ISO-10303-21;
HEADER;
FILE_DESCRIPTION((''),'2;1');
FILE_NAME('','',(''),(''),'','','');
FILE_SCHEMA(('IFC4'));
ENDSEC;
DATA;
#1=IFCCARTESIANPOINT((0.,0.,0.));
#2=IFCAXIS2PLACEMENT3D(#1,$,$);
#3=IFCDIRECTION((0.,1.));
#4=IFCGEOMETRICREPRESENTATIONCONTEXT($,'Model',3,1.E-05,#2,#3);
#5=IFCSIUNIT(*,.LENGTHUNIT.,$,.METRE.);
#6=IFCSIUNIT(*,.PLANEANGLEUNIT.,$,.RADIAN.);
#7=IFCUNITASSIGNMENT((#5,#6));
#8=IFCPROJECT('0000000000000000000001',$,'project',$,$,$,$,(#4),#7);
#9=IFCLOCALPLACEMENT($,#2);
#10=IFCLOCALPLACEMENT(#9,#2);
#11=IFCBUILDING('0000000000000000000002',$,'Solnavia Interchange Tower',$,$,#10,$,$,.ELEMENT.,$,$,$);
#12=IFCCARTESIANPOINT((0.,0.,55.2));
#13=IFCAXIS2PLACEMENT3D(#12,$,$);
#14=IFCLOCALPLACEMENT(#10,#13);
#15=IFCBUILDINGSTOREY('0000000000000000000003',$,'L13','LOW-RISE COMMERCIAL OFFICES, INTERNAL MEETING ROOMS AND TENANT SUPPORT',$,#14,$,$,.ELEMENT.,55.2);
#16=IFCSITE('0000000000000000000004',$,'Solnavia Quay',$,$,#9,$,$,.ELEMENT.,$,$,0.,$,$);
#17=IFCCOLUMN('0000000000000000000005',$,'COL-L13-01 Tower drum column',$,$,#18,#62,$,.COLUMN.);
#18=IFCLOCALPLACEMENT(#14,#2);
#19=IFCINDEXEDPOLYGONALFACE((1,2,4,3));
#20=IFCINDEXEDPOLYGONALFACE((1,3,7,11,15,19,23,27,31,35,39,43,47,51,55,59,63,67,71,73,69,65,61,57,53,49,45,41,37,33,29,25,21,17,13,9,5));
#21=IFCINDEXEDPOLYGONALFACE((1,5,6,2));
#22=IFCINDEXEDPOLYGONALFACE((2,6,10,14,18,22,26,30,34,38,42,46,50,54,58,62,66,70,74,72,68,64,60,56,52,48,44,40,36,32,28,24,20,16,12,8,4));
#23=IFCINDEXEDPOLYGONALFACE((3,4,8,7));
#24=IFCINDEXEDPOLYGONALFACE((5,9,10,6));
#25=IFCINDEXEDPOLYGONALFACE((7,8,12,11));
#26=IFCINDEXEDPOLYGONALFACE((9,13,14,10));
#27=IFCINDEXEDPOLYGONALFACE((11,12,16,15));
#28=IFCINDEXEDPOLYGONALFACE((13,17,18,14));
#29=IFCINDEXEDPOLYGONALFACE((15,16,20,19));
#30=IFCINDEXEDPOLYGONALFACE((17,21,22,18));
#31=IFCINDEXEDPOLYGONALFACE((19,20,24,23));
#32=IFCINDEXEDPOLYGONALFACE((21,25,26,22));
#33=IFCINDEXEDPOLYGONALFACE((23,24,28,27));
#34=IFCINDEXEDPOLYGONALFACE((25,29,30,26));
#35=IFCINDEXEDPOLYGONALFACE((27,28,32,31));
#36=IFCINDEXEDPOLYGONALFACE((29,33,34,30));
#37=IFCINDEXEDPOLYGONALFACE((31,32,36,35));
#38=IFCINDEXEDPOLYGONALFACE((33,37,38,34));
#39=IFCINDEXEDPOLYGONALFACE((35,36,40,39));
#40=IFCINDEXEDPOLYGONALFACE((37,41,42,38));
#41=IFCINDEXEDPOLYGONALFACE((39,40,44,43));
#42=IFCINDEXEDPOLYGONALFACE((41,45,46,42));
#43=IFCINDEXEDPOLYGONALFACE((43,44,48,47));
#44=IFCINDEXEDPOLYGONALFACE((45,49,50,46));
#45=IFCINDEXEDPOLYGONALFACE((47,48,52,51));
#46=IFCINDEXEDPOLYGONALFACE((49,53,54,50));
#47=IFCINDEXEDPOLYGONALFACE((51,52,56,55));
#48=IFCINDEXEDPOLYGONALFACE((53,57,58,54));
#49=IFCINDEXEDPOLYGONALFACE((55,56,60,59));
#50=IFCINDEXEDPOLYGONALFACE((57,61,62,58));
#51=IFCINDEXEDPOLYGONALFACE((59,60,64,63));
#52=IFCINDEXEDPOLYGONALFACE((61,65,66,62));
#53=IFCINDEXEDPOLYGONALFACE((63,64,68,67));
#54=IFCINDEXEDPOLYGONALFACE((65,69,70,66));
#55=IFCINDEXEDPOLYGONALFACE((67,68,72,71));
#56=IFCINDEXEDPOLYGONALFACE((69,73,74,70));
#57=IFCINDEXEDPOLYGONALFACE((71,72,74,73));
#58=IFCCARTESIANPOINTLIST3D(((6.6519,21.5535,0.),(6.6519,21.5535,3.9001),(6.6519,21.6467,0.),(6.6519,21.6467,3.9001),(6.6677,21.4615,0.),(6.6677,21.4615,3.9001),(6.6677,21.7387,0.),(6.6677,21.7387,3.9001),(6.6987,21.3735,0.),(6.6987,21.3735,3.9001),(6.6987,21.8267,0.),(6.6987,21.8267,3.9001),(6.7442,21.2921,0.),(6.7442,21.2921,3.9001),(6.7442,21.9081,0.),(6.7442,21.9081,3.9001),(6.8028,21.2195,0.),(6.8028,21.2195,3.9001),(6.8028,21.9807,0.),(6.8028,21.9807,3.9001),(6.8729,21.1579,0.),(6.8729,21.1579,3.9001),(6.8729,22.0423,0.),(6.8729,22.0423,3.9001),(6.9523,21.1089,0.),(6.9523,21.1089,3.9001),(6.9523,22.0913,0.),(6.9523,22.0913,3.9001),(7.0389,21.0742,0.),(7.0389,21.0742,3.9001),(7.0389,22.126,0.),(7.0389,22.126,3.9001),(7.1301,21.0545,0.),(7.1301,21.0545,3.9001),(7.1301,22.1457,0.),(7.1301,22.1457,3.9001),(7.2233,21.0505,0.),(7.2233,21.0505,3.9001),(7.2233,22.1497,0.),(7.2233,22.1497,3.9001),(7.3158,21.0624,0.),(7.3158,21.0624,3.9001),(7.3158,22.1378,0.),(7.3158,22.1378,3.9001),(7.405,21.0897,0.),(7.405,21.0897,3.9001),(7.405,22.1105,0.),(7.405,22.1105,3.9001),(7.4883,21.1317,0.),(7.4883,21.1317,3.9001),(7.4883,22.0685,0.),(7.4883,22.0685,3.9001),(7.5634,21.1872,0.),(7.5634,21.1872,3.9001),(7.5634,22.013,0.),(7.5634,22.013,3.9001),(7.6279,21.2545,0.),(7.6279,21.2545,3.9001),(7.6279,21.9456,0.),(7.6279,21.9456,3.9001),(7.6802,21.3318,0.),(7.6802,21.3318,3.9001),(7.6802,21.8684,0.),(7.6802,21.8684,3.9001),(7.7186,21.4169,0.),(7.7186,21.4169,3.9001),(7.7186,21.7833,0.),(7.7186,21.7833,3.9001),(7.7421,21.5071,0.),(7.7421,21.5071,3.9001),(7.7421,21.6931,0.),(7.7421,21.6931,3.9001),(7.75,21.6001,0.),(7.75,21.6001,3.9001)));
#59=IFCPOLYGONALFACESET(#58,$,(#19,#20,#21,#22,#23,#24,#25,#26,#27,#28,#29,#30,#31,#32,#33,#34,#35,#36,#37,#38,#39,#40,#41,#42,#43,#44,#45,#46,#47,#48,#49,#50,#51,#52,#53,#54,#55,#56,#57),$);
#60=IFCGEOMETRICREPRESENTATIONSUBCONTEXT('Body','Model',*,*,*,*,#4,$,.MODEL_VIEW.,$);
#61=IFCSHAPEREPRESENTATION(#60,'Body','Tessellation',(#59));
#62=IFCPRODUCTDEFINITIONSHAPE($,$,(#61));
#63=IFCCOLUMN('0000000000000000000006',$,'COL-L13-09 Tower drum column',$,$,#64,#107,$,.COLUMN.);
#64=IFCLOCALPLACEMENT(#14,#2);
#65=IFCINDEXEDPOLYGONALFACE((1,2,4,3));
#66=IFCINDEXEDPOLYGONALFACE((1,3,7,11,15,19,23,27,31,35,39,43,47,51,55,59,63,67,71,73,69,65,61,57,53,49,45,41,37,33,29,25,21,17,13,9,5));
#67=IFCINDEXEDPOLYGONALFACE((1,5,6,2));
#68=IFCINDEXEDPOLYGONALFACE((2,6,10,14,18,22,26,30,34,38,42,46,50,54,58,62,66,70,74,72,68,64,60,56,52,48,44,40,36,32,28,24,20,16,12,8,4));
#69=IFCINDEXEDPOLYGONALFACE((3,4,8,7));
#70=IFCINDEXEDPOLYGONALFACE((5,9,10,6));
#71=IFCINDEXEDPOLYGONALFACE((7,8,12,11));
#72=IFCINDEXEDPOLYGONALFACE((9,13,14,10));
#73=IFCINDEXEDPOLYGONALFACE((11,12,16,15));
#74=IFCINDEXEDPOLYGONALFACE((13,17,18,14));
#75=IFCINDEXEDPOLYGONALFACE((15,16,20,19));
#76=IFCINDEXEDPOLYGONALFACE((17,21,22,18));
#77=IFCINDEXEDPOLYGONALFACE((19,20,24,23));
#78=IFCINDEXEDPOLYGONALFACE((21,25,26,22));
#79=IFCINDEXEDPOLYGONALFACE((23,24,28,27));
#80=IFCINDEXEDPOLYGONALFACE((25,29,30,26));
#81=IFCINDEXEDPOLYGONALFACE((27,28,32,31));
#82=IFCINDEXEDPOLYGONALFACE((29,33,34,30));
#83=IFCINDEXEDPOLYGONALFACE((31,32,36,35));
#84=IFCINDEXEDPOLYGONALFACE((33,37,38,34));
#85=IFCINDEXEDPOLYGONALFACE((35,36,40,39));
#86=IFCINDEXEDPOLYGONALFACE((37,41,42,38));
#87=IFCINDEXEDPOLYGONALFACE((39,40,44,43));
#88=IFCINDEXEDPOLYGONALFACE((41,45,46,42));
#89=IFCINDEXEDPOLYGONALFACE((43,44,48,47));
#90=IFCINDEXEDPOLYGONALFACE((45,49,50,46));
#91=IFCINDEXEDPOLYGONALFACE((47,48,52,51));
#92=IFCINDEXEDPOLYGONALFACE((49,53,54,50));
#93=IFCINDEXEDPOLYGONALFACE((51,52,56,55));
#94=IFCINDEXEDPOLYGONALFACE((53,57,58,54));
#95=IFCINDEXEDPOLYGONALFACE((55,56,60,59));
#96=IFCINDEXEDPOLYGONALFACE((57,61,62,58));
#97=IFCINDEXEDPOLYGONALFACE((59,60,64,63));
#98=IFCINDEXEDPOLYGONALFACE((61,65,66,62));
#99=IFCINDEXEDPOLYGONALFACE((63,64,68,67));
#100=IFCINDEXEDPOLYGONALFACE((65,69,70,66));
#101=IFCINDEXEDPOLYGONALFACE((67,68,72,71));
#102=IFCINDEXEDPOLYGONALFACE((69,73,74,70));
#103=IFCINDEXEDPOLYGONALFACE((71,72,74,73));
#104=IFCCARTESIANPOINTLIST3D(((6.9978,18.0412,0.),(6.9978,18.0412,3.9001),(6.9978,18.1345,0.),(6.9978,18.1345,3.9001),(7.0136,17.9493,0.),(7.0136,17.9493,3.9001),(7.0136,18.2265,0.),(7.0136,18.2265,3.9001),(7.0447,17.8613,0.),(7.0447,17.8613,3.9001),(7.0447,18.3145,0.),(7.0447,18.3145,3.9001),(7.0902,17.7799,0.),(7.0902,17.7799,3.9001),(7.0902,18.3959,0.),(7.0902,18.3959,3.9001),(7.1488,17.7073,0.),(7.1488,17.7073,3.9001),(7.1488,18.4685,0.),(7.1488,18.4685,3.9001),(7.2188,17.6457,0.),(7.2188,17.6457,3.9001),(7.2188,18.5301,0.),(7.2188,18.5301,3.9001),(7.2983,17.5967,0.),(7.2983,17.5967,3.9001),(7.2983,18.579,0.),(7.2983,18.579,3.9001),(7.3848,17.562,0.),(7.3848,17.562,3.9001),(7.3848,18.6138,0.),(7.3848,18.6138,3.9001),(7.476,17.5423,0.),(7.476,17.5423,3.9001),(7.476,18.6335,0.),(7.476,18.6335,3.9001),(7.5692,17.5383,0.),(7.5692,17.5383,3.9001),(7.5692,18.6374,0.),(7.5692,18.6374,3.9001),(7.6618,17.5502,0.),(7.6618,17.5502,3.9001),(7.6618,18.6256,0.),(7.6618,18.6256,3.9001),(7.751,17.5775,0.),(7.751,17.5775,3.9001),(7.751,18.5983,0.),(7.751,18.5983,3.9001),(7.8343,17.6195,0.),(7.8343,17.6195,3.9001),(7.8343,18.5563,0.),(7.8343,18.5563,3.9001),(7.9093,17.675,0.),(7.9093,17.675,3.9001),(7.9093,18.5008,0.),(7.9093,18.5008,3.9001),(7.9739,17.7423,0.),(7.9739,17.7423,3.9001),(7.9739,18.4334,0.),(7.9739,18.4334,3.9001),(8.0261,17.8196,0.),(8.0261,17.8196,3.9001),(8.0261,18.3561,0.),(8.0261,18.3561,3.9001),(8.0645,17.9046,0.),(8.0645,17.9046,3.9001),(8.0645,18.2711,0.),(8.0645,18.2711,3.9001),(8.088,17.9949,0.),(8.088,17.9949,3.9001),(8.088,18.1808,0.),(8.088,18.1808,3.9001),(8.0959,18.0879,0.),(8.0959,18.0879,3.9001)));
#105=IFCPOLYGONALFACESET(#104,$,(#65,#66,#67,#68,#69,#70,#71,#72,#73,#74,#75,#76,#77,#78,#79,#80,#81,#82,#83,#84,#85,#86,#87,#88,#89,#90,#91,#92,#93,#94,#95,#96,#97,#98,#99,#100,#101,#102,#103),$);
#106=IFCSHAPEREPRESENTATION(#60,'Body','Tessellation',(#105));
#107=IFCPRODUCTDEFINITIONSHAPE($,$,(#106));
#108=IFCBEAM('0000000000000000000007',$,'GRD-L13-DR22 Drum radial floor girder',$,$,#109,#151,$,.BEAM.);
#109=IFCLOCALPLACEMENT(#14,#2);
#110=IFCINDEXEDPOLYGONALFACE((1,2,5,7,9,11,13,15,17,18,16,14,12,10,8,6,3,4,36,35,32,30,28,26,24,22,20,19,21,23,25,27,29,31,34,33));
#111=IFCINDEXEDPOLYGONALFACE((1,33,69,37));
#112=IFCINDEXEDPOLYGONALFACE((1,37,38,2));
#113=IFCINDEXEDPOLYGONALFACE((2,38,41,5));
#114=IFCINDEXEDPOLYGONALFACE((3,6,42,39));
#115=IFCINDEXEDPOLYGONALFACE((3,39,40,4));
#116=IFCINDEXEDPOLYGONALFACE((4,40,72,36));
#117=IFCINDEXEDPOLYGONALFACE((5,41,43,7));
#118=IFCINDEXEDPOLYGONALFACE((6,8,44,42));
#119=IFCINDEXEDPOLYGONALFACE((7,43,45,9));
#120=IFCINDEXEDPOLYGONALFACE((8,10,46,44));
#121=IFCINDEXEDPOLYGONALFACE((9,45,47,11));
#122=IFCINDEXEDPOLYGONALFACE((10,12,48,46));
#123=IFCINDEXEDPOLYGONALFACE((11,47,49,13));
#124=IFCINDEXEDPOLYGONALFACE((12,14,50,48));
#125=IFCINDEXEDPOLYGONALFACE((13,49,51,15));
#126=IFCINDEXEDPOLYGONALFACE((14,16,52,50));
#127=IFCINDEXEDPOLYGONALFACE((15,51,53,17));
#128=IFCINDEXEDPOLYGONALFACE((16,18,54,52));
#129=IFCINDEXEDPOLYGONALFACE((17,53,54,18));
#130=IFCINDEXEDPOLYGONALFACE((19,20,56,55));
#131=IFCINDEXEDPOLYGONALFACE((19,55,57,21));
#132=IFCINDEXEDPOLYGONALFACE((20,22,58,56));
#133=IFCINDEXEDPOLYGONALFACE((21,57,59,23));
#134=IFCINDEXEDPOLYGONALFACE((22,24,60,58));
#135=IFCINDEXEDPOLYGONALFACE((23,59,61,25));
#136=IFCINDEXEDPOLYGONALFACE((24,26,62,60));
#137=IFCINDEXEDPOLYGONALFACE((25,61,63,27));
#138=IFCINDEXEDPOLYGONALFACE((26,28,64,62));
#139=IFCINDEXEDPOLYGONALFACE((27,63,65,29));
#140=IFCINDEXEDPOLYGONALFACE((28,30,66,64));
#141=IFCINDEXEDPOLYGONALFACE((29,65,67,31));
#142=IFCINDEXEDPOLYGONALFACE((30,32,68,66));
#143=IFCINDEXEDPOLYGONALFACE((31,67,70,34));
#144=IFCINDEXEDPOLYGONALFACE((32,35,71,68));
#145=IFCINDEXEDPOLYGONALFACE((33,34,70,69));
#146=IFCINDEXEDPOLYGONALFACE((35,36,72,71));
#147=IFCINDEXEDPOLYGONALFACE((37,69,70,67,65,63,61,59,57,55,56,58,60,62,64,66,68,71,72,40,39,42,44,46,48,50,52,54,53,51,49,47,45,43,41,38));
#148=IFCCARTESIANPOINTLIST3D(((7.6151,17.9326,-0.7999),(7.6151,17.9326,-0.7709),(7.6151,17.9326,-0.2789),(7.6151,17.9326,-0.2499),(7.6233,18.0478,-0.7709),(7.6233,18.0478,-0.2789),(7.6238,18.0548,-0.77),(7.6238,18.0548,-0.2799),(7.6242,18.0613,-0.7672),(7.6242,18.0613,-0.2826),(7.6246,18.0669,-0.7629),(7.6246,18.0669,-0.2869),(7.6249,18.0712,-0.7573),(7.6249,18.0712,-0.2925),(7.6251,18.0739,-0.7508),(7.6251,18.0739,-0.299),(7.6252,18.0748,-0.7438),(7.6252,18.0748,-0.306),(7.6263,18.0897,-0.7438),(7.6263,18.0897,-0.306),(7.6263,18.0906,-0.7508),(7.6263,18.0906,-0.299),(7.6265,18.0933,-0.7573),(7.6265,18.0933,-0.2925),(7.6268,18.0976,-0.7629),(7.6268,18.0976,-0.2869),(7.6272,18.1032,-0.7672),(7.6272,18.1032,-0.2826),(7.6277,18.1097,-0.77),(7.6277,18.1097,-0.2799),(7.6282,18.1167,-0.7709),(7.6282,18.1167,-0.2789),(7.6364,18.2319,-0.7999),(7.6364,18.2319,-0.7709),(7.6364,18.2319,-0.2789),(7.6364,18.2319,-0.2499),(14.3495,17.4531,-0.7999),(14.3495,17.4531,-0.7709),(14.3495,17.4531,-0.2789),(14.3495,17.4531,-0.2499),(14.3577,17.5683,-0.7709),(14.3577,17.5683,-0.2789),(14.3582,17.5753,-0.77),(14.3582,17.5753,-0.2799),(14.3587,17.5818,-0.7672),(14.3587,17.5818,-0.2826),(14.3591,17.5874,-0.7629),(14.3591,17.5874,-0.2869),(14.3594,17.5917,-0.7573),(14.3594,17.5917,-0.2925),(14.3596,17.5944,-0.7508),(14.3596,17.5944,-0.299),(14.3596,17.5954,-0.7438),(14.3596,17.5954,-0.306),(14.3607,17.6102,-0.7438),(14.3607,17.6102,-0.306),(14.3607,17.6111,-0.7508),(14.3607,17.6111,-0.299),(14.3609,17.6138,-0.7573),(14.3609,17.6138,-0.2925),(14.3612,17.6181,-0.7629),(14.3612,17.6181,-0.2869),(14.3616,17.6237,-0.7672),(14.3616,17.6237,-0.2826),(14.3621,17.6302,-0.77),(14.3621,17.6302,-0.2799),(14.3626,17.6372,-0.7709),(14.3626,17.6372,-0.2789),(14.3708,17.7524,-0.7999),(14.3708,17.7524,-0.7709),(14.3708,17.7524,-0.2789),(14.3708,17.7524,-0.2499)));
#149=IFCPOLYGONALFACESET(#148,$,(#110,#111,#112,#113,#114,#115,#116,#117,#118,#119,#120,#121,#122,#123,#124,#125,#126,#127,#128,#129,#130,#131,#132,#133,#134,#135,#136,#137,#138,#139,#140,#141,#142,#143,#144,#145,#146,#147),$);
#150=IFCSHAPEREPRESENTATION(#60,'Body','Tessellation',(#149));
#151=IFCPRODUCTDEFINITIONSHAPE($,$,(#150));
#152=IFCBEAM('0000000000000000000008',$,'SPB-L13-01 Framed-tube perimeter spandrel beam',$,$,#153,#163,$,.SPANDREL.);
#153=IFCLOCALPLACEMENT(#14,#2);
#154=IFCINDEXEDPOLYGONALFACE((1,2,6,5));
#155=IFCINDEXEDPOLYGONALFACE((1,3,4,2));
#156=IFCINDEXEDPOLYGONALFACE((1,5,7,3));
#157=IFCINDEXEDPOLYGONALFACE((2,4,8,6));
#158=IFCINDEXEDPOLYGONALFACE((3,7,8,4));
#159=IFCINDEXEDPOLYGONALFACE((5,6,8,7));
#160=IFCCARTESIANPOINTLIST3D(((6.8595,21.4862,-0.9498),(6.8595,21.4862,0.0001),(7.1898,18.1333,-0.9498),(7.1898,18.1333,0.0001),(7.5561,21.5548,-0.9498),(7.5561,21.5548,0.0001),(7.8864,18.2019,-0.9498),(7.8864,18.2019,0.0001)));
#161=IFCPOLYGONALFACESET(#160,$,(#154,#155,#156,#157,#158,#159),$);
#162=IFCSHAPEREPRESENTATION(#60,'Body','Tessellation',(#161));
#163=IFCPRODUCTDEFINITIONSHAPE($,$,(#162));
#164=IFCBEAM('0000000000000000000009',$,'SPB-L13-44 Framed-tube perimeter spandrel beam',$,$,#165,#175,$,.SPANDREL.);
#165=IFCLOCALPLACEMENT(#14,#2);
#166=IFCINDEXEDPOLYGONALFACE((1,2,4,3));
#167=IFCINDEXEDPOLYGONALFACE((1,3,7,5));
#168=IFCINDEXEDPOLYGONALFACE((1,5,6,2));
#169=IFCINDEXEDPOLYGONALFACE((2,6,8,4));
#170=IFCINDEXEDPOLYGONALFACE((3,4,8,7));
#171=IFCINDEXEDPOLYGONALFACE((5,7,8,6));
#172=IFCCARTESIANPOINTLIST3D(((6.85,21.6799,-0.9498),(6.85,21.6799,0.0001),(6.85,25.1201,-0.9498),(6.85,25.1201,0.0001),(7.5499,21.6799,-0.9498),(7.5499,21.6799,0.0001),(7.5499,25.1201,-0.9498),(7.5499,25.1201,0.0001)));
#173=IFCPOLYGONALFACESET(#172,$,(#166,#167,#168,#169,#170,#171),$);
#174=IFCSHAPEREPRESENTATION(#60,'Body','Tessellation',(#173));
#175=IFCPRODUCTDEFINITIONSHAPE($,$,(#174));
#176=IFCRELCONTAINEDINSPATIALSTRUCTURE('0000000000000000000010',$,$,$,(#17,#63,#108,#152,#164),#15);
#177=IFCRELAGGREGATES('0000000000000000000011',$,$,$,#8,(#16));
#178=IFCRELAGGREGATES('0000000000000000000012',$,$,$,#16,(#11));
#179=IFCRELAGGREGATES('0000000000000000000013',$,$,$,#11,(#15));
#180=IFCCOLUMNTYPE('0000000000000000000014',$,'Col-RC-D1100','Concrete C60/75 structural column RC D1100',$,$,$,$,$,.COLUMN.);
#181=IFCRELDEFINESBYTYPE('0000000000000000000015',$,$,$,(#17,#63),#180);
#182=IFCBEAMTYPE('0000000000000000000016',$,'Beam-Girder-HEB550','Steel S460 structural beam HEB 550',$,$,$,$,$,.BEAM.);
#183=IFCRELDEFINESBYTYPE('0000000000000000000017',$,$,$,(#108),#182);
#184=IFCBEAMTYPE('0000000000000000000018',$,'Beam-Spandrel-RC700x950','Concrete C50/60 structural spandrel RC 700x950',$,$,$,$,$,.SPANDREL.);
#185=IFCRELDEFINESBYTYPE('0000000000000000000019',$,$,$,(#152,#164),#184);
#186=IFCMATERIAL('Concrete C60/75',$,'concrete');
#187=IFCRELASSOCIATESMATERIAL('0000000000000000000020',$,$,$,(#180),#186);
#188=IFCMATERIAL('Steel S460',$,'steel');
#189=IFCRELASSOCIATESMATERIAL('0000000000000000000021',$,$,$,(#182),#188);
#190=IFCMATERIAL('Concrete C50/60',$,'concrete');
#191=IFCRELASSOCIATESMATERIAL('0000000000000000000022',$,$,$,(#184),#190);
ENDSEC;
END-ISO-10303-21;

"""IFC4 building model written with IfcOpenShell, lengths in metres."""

from ifc_helpers import new_model, si_unit, direction, frame, origin, origin_2d, place, context, subcontext, project, spatial, rectangle, circle, i_section, extrude, material, material_profile, profile_set, type_object, element, save


model = new_model("IFC4")

# Units and contexts
model_context = context("Model", 3, precision=1e-05, world=origin(), true_north=direction((0.0, 1.0)))
body_context = subcontext(model_context, "Body", "Model", "MODEL_VIEW")
ifc_project = project(units=[si_unit("LENGTHUNIT", "METRE"), si_unit("PLANEANGLEUNIT", "RADIAN")], contexts=[model_context])

# Site, building, storey
site_placement = place(None, origin())
site = spatial("IfcSite", under=ifc_project, at=site_placement, Name="Solnavia Quay", CompositionType="ELEMENT", RefElevation=0.0)
building_placement = place(site_placement, origin())
building = spatial("IfcBuilding", under=site, at=building_placement, Name="Solnavia Interchange Tower", CompositionType="ELEMENT")
storey_placement = place(building_placement, frame((0.0, 0.0, 55.2)))
storey = spatial("IfcBuildingStorey", under=building, at=storey_placement, Name="L13", Description="LOW-RISE COMMERCIAL OFFICES, INTERNAL MEETING ROOMS AND TENANT SUPPORT", CompositionType="ELEMENT", Elevation=55.2)

# Columns
ifc_material_1 = material(Name="Concrete C60/75", Category="concrete")
ifc_material_profile_1 = material_profile(ifc_material_1, circle(Radius=0.55, at=origin_2d()), Name="RC D1100")
ifc_profile_set_1 = profile_set([ifc_material_profile_1], Name="Concrete C60/75")
column_type = type_object("IfcColumnType", Name="Col-RC-D1100", Description="Concrete C60/75 structural column RC D1100", PredefinedType="COLUMN", material=ifc_profile_set_1)
for number, where, z_axis, x_axis, name in (
    (1, (7.2, 21.6001, 0.0), (0.0, 0.0, 1.0), (1.0, 0.0, 0.0), "COL-L13-01 Tower drum column"),
    (2, (7.5459, 18.0879, 0.0), (0.0, 0.0, 1.0), (1.0, 0.0, 0.0), "COL-L13-09 Tower drum column"),
):
    element("IfcColumn", number, at=place(storey_placement, frame(where, z_axis=z_axis, x_axis=x_axis)), inside=storey, type_object=column_type, Name=name, PredefinedType="COLUMN", context=body_context, shape_type="SweptSolid", body=[
        extrude(circle(Radius=0.55, at=origin_2d()), origin(), (0.0, 0.0, 1.0), 3.9001),
    ])

# Beams
ifc_material_2 = material(Name="Steel S460", Category="steel")
ifc_material_profile_2 = material_profile(ifc_material_2, i_section(OverallWidth=0.3, OverallDepth=0.55, WebThickness=0.0149, FlangeThickness=0.0291, FilletRadius=0.0271, at=origin_2d()), Name="HEB 550")
ifc_profile_set_2 = profile_set([ifc_material_profile_2], Name="Steel S460")
beam_type_1 = type_object("IfcBeamType", Name="Beam-Girder-HEB550", Description="Steel S460 structural beam HEB 550", PredefinedType="BEAM", material=ifc_profile_set_2)
beam_1_placement = place(storey_placement, frame((7.6257, 18.0823, -0.5249), z_axis=(0.997475, -0.071021, 0.0), x_axis=(0.071021, 0.997475, 0.0)))
element("IfcBeam", 3, at=beam_1_placement, inside=storey, type_object=beam_type_1, Name="GRD-L13-DR22 Drum radial floor girder", PredefinedType="BEAM", context=body_context, shape_type="SweptSolid", body=[
    extrude(i_section(OverallWidth=0.3, OverallDepth=0.55, WebThickness=0.0149, FlangeThickness=0.0291, FilletRadius=0.0271, at=origin_2d()), origin(), (0.0, 0.0, 1.0), 6.7515),
])
ifc_material_3 = material(Name="Concrete C50/60", Category="concrete")
ifc_material_profile_3 = material_profile(ifc_material_3, rectangle(XDim=0.7, YDim=0.95, at=origin_2d()), Name="RC 700x950")
ifc_profile_set_3 = profile_set([ifc_material_profile_3], Name="Concrete C50/60")
beam_type_2 = type_object("IfcBeamType", Name="Beam-Spandrel-RC700x950", Description="Concrete C50/60 structural spandrel RC 700x950", PredefinedType="SPANDREL", material=ifc_profile_set_3)
beam_2_placement = place(storey_placement, frame((7.2078, 21.5205, -0.4749), z_axis=(0.09804, -0.995182, 0.0), x_axis=(0.995182, 0.09804, 0.0)))
element("IfcBeam", 4, at=beam_2_placement, inside=storey, type_object=beam_type_2, Name="SPB-L13-01 Framed-tube perimeter spandrel beam", PredefinedType="SPANDREL", context=body_context, shape_type="SweptSolid", body=[
    extrude(rectangle(XDim=0.7, YDim=0.95, at=origin_2d()), origin(), (0.0, 0.0, 1.0), 3.3691),
])
beam_3_placement = place(storey_placement, frame((7.2, 25.1201, -0.4749), z_axis=(0.0, -1.0, 0.0), x_axis=(1.0, 0.0, 0.0)))
element("IfcBeam", 5, at=beam_3_placement, inside=storey, type_object=beam_type_2, Name="SPB-L13-44 Framed-tube perimeter spandrel beam", PredefinedType="SPANDREL", context=body_context, shape_type="SweptSolid", body=[
    extrude(rectangle(XDim=0.7, YDim=0.95, at=origin_2d()), origin(), (0.0, 0.0, 1.0), 3.4402),
])

save(model, "model.ifc")
